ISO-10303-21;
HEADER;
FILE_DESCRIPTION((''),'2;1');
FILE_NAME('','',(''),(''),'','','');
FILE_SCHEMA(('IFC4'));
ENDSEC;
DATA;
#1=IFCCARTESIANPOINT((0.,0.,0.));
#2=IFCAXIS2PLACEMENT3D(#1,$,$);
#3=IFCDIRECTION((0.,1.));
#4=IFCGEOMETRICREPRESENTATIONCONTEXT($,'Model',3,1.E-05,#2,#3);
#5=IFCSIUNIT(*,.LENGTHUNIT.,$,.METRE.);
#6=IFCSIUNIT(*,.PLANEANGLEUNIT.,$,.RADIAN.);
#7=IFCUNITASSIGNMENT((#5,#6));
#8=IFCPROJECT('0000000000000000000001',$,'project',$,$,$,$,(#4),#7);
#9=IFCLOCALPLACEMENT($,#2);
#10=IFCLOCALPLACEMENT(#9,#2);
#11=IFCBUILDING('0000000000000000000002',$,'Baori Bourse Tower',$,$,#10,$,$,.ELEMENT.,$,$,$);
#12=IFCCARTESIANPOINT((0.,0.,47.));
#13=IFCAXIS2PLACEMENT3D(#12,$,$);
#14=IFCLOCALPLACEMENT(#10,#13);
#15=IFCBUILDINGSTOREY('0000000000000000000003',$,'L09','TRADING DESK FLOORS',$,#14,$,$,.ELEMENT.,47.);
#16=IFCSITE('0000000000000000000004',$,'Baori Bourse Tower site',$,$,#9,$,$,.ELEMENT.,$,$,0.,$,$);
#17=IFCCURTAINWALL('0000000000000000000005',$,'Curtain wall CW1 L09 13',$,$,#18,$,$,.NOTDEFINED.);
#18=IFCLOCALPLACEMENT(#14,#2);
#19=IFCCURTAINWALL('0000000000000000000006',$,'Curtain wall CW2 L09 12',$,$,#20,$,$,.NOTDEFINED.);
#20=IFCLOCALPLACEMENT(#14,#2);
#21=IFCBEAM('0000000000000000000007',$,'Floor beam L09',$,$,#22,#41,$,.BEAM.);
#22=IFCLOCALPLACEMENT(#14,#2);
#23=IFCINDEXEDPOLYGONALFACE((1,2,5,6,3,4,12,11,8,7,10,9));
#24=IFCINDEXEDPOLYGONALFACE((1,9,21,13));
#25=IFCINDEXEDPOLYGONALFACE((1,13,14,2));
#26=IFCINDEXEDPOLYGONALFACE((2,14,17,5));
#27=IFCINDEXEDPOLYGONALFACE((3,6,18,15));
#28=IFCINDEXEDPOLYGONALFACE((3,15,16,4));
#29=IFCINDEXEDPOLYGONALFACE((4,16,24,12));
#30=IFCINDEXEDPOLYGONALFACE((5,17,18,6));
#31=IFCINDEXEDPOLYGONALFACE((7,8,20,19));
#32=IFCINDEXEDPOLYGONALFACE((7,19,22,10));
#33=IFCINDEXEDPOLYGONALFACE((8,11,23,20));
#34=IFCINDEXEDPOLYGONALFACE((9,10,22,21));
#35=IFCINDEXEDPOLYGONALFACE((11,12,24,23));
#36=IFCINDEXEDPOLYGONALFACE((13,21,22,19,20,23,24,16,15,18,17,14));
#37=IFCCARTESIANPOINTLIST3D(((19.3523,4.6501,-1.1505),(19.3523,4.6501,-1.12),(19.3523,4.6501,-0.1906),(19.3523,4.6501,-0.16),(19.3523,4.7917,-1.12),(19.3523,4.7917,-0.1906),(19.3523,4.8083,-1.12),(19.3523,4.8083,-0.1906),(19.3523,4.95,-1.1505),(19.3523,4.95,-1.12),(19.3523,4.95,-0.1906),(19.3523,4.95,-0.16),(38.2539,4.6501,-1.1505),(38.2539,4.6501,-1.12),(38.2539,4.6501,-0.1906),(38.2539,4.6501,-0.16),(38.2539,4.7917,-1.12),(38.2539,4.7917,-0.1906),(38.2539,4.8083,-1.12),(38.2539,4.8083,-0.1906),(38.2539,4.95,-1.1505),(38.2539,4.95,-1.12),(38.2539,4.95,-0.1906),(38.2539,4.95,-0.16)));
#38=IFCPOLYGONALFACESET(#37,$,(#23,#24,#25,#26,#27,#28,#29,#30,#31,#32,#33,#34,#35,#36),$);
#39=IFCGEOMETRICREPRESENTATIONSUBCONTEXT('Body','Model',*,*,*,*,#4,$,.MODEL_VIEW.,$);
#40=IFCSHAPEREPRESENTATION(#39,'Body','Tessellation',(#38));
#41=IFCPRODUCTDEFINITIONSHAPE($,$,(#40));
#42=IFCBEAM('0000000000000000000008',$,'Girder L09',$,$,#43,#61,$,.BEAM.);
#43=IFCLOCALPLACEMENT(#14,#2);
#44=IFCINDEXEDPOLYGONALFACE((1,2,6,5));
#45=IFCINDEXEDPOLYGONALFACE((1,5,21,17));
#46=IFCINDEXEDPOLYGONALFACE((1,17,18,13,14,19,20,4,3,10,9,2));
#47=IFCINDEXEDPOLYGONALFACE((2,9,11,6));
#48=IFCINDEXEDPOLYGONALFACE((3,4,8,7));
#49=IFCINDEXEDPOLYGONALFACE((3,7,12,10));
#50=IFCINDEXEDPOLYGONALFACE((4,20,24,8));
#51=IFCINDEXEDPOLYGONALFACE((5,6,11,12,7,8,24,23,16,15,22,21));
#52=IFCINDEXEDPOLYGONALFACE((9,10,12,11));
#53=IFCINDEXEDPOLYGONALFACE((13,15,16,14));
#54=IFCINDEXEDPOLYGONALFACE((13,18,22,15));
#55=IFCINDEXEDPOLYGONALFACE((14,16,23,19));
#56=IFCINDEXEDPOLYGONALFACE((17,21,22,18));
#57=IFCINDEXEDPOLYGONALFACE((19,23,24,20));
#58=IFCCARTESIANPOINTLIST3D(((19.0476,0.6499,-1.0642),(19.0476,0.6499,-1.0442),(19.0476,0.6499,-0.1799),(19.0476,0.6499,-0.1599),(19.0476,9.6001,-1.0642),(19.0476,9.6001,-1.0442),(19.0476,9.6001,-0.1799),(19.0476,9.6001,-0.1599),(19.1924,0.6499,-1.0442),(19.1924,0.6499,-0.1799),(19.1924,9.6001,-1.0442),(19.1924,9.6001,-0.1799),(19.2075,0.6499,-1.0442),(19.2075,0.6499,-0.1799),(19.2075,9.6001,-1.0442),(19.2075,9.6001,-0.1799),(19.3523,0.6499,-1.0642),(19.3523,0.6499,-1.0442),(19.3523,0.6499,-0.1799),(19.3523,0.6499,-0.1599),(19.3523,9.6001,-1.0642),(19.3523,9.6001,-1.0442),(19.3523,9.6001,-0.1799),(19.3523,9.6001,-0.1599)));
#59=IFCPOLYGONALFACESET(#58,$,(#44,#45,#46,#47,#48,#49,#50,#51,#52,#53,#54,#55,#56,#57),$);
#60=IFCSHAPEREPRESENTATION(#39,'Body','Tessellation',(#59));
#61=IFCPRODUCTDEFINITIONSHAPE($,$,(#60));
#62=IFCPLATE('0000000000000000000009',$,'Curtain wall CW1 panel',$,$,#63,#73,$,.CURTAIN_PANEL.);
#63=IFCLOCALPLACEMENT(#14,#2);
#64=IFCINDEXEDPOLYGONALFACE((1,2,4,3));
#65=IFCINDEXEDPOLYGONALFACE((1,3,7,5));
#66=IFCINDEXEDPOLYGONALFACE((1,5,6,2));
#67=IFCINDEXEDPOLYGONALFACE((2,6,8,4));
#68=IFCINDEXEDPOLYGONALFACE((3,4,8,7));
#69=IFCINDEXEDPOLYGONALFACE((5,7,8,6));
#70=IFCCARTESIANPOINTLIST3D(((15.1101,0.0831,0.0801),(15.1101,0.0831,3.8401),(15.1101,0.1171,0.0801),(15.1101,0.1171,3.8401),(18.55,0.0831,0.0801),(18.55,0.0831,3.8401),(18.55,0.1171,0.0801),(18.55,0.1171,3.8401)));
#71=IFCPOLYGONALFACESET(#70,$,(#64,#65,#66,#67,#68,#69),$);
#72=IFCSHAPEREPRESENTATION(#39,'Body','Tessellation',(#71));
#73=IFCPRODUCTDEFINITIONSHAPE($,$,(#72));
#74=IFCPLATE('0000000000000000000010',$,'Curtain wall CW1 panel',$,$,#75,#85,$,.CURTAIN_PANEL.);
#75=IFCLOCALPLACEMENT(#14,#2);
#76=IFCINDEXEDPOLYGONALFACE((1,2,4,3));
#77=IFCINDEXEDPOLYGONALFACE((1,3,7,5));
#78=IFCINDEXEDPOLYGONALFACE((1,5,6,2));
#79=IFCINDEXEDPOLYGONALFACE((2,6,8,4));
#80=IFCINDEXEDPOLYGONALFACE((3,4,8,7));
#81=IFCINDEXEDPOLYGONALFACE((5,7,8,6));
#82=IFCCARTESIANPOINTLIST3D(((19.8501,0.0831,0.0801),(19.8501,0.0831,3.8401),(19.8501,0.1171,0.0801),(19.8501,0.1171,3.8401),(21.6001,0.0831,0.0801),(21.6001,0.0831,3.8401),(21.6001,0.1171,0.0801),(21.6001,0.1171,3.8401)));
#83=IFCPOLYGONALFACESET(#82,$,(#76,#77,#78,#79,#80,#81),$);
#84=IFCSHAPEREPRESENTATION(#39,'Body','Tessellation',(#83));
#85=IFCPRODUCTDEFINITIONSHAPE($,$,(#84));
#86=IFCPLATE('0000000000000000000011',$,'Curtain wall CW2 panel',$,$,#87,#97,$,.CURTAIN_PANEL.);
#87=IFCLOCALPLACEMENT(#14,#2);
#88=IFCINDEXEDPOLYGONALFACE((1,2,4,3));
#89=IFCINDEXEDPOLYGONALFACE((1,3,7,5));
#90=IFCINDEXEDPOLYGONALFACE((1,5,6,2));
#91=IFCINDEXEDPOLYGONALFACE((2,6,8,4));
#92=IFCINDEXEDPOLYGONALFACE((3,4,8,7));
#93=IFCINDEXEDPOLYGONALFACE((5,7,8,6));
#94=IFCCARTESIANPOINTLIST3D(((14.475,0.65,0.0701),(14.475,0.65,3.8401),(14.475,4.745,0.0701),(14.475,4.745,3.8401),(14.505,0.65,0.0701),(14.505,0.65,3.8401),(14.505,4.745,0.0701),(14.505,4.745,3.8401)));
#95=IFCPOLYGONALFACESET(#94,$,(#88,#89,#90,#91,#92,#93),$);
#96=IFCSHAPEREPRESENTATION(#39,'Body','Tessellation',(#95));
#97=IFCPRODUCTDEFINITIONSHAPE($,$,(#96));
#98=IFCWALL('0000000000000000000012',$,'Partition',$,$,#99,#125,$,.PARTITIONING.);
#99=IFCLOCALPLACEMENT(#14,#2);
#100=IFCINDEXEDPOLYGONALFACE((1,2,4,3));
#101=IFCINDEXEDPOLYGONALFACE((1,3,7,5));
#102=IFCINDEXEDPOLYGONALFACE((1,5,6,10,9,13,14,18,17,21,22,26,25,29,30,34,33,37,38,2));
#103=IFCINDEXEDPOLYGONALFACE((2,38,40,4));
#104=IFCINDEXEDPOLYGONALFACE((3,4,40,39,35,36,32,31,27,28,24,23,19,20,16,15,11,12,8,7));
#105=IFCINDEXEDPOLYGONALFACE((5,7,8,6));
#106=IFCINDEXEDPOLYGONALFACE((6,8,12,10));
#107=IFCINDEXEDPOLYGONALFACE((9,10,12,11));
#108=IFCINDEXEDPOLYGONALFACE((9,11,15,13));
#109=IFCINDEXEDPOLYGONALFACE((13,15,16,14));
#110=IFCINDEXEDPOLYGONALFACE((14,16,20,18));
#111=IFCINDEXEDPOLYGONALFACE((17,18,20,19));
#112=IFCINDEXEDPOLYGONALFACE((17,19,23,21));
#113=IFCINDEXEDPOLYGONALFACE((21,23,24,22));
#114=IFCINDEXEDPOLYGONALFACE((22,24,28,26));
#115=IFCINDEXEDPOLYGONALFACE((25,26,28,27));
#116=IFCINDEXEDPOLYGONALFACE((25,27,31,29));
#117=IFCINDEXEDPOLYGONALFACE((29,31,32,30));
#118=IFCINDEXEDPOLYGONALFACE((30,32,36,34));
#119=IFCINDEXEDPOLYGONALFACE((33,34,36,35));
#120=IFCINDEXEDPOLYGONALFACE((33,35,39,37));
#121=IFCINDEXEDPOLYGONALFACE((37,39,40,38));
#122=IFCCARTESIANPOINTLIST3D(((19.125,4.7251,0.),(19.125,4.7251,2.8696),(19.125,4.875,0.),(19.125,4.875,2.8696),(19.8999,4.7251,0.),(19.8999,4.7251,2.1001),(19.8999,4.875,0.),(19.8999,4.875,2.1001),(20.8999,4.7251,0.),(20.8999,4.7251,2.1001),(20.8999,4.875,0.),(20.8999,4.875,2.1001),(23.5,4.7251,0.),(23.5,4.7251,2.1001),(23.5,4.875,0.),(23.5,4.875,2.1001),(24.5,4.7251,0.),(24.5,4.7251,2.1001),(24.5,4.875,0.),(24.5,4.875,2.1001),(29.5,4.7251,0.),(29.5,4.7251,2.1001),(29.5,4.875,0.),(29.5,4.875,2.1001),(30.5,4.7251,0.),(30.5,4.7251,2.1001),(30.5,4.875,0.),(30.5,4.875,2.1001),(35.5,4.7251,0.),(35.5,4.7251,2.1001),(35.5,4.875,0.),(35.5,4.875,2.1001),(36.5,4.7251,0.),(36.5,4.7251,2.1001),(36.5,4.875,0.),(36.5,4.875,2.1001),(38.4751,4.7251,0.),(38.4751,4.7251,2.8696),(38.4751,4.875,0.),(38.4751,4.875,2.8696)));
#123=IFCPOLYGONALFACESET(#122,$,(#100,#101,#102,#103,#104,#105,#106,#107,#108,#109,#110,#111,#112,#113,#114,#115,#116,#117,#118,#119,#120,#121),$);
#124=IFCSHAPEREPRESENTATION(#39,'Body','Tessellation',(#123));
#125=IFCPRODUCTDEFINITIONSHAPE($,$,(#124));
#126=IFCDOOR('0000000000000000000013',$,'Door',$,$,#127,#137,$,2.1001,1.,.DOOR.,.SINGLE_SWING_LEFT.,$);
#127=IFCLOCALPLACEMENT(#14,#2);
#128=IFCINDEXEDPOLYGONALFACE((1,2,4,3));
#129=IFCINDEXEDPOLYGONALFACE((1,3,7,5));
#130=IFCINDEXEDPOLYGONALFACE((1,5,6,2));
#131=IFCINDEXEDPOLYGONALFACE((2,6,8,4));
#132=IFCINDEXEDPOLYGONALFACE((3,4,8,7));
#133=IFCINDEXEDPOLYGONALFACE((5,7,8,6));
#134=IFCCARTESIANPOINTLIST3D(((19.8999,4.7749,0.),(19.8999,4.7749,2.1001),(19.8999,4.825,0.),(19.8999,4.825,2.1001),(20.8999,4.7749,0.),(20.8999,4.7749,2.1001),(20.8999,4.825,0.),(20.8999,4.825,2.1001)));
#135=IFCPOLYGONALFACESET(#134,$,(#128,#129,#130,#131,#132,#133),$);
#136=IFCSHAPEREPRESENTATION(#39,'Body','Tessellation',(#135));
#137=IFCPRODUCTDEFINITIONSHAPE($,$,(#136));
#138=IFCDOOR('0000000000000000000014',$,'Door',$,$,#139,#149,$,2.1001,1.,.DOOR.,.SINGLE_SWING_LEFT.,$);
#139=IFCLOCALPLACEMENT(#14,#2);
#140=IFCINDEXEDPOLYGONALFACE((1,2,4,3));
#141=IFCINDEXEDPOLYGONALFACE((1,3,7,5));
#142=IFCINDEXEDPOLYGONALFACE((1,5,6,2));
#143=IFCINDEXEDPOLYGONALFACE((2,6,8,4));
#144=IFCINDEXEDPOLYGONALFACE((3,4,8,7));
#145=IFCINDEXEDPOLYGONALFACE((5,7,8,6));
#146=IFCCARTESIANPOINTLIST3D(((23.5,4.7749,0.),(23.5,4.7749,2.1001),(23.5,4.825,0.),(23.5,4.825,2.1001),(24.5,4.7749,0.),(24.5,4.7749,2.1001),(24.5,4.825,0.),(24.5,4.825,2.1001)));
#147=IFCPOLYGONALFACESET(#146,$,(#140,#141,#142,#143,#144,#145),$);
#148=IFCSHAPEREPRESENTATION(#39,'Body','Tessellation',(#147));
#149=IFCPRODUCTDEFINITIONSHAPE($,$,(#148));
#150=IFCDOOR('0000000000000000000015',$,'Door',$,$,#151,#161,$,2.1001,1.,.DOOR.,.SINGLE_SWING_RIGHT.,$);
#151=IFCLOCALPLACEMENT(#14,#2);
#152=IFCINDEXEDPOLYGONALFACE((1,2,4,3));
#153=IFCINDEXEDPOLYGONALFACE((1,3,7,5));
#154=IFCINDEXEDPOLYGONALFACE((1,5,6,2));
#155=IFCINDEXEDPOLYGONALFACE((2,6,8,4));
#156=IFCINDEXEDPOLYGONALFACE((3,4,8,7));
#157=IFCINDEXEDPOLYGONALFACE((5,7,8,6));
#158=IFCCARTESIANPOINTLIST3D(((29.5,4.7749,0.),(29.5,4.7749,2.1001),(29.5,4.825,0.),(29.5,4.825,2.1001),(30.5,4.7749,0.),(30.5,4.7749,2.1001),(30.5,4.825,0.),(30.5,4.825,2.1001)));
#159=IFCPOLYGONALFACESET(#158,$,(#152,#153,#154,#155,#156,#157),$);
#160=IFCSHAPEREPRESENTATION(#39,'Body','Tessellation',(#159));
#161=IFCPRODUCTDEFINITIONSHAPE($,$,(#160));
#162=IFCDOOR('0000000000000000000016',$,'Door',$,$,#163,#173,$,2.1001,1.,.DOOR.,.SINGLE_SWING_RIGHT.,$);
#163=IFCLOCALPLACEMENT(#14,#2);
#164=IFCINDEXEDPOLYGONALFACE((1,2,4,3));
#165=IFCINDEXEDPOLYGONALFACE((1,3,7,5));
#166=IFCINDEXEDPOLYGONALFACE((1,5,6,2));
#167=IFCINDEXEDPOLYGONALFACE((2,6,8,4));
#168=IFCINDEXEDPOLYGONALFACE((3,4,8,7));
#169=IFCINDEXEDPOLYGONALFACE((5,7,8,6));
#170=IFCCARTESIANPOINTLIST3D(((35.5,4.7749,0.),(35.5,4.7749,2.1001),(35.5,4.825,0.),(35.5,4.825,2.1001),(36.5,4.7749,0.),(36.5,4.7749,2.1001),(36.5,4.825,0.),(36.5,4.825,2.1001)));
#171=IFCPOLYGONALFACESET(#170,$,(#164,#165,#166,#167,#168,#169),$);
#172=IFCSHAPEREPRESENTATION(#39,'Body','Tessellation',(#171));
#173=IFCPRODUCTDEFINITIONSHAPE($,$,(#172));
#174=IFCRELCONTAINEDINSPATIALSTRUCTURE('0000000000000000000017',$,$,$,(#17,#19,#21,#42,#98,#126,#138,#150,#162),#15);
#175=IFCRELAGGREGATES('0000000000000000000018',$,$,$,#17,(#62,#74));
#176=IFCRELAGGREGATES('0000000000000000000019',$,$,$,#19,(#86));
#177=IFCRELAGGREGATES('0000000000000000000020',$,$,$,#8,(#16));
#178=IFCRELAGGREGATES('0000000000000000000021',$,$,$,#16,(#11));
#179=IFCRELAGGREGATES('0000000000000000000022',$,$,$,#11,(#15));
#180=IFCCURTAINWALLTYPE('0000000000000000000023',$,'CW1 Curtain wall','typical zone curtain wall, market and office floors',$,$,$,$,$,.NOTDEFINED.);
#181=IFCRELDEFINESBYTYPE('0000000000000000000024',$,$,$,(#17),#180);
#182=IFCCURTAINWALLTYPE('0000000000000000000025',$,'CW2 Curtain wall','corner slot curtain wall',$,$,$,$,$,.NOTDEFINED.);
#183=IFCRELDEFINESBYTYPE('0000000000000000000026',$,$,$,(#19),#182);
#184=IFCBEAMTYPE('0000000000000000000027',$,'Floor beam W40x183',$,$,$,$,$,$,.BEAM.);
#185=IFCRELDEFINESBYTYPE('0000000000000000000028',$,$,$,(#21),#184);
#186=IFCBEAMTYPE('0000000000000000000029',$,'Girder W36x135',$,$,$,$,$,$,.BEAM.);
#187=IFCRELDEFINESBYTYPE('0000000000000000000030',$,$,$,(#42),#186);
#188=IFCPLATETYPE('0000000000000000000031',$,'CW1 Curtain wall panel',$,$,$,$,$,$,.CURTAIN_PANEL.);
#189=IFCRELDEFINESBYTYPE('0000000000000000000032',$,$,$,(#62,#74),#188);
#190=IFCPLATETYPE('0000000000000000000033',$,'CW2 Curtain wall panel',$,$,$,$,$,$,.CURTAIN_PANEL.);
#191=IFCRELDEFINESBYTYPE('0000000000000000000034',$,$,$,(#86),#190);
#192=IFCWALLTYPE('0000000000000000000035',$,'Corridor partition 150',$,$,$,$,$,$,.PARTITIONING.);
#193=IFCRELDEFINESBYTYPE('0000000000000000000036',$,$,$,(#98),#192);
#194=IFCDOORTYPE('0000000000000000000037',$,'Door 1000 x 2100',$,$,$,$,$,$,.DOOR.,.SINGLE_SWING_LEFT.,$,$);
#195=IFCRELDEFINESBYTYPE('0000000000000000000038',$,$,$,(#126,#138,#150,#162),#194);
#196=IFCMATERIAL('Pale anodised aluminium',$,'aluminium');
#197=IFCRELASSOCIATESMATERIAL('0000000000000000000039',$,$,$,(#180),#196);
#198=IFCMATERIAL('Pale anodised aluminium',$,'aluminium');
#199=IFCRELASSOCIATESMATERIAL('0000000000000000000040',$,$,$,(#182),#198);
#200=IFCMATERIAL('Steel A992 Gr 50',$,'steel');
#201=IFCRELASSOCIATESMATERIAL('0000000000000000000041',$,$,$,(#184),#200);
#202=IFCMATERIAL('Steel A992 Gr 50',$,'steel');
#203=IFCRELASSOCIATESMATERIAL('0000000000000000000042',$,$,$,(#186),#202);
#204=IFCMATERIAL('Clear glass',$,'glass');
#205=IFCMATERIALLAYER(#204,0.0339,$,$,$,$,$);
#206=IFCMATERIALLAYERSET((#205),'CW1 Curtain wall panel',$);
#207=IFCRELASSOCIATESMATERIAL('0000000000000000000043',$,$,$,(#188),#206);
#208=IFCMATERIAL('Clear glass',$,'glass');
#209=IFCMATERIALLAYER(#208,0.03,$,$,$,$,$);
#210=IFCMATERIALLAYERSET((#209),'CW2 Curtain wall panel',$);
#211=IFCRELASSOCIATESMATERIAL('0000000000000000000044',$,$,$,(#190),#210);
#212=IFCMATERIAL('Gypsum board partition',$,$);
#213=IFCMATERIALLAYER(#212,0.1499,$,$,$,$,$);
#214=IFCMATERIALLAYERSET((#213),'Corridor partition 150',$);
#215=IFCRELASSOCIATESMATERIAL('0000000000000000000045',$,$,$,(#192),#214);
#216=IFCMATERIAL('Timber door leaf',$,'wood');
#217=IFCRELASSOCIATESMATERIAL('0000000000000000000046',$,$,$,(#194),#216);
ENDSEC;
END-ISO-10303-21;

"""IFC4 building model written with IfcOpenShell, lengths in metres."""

from ifc_helpers import new_model, si_unit, direction, frame, frame_2d, origin, origin_2d, place, context, subcontext, project, spatial, rectangle, i_section, extrude, material, layer, layer_set, material_profile, profile_set, type_object, element, fill, aggregate, save


model = new_model("IFC4")

# Units and contexts
model_context = context("Model", 3, precision=1e-05, world=origin(), true_north=direction((0.0, 1.0)))
body_context = subcontext(model_context, "Body", "Model", "MODEL_VIEW")
ifc_project = project(units=[si_unit("LENGTHUNIT", "METRE"), si_unit("PLANEANGLEUNIT", "RADIAN")], contexts=[model_context])

# Site, building, storey
site_placement = place(None, origin())
site = spatial("IfcSite", under=ifc_project, at=site_placement, Name="Baori Bourse Tower site", CompositionType="ELEMENT", RefElevation=0.0)
building_placement = place(site_placement, origin())
building = spatial("IfcBuilding", under=site, at=building_placement, Name="Baori Bourse Tower", CompositionType="ELEMENT")
storey_placement = place(building_placement, frame((0.0, 0.0, 47.0)))
storey = spatial("IfcBuildingStorey", under=building, at=storey_placement, Name="L09", Description="TRADING DESK FLOORS", CompositionType="ELEMENT", Elevation=47.0)

# Curtain walls
ifc_material_1 = material(Name="Pale anodised aluminium", Category="aluminium")
curtain_wall_type_1 = type_object("IfcCurtainWallType", Name="CW1 Curtain wall", Description="typical zone curtain wall, market and office floors", PredefinedType="NOTDEFINED", material=ifc_material_1)
curtain_wall_1_placement = place(storey_placement, origin())
curtain_wall_1 = element("IfcCurtainWall", 1, at=curtain_wall_1_placement, inside=storey, type_object=curtain_wall_type_1, Name="Curtain wall CW1 L09 13", PredefinedType="NOTDEFINED")
ifc_material_2 = material(Name="Pale anodised aluminium", Category="aluminium")
curtain_wall_type_2 = type_object("IfcCurtainWallType", Name="CW2 Curtain wall", Description="corner slot curtain wall", PredefinedType="NOTDEFINED", material=ifc_material_2)
curtain_wall_2_placement = place(storey_placement, origin())
curtain_wall_2 = element("IfcCurtainWall", 2, at=curtain_wall_2_placement, inside=storey, type_object=curtain_wall_type_2, Name="Curtain wall CW2 L09 12", PredefinedType="NOTDEFINED")

# Beams
ifc_material_3 = material(Name="Steel A992 Gr 50", Category="steel")
ifc_material_profile_1 = material_profile(ifc_material_3, i_section(OverallWidth=0.2998, OverallDepth=0.9905, WebThickness=0.0166, FlangeThickness=0.0305, at=origin_2d()), Name="W40x183")
ifc_profile_set_1 = profile_set([ifc_material_profile_1], Name="Steel A992 Gr 50")
beam_type_1 = type_object("IfcBeamType", Name="Floor beam W40x183", PredefinedType="BEAM", material=ifc_profile_set_1)
beam_1_placement = place(storey_placement, frame((19.3523, 4.8, -0.6553), z_axis=(1.0, 0.0, 0.0), x_axis=(0.0, 1.0, 0.0)))
element("IfcBeam", 3, at=beam_1_placement, inside=storey, type_object=beam_type_1, Name="Floor beam L09", PredefinedType="BEAM", context=body_context, shape_type="SweptSolid", body=[
    extrude(i_section(OverallWidth=0.2998, OverallDepth=0.9905, WebThickness=0.0166, FlangeThickness=0.0305, at=origin_2d()), origin(), (0.0, 0.0, 1.0), 18.9016),
])
ifc_material_4 = material(Name="Steel A992 Gr 50", Category="steel")
ifc_material_profile_2 = material_profile(ifc_material_4, i_section(OverallWidth=0.3047, OverallDepth=0.9043, WebThickness=0.0151, FlangeThickness=0.02, at=origin_2d()), Name="W36x135")
ifc_profile_set_2 = profile_set([ifc_material_profile_2], Name="Steel A992 Gr 50")
beam_type_2 = type_object("IfcBeamType", Name="Girder W36x135", PredefinedType="BEAM", material=ifc_profile_set_2)
beam_2_placement = place(storey_placement, frame((19.2, 0.6499, -0.6121), z_axis=(0.0, 1.0, 0.0), x_axis=(-1.0, 0.0, 0.0)))
element("IfcBeam", 4, at=beam_2_placement, inside=storey, type_object=beam_type_2, Name="Girder L09", PredefinedType="BEAM", context=body_context, shape_type="SweptSolid", body=[
    extrude(i_section(OverallWidth=0.3047, OverallDepth=0.9043, WebThickness=0.0151, FlangeThickness=0.02, at=origin_2d()), origin(), (0.0, 0.0, 1.0), 8.9502),
])

# Plates
ifc_material_5 = material(Name="Clear glass", Category="glass")
ifc_layer_1 = layer(ifc_material_5, 0.0339)
ifc_layer_set_1 = layer_set([ifc_layer_1], Name="CW1 Curtain wall panel")
plate_type_1 = type_object("IfcPlateType", Name="CW1 Curtain wall panel", PredefinedType="CURTAIN_PANEL", material=ifc_layer_set_1)
plate_1_placement = place(storey_placement, frame((16.8301, 0.1001, 0.0801), z_axis=(0.0, 0.0, 1.0), x_axis=(1.0, 0.0, 0.0)))
plate_1 = element("IfcPlate", 5, at=plate_1_placement, type_object=plate_type_1, Name="Curtain wall CW1 panel", PredefinedType="CURTAIN_PANEL", context=body_context, shape_type="SweptSolid", body=[
    extrude(rectangle(XDim=3.4399, YDim=0.0339, at=origin_2d()), origin(), (0.0, 0.0, 1.0), 3.76),
])
plate_2_placement = place(storey_placement, frame((20.7251, 0.1001, 0.0801), z_axis=(0.0, 0.0, 1.0), x_axis=(1.0, 0.0, 0.0)))
plate_2 = element("IfcPlate", 6, at=plate_2_placement, type_object=plate_type_1, Name="Curtain wall CW1 panel", PredefinedType="CURTAIN_PANEL", context=body_context, shape_type="SweptSolid", body=[
    extrude(rectangle(XDim=1.75, YDim=0.0339, at=origin_2d()), origin(), (0.0, 0.0, 1.0), 3.76),
])
aggregate(curtain_wall_1, [plate_1, plate_2])
ifc_material_6 = material(Name="Clear glass", Category="glass")
ifc_layer_2 = layer(ifc_material_6, 0.03)
ifc_layer_set_2 = layer_set([ifc_layer_2], Name="CW2 Curtain wall panel")
plate_type_2 = type_object("IfcPlateType", Name="CW2 Curtain wall panel", PredefinedType="CURTAIN_PANEL", material=ifc_layer_set_2)
plate_3_placement = place(storey_placement, frame((14.49, 2.6975, 0.0701), z_axis=(0.0, 0.0, 1.0), x_axis=(0.0, -1.0, 0.0)))
plate_3 = element("IfcPlate", 7, at=plate_3_placement, type_object=plate_type_2, Name="Curtain wall CW2 panel", PredefinedType="CURTAIN_PANEL", context=body_context, shape_type="SweptSolid", body=[
    extrude(rectangle(XDim=4.095, YDim=0.03, at=origin_2d()), origin(), (0.0, 0.0, 1.0), 3.77),
])
aggregate(curtain_wall_2, [plate_3])

# Wall, openings, doors
ifc_material_7 = material(Name="Gypsum board partition")
ifc_layer_3 = layer(ifc_material_7, 0.1499)
ifc_layer_set_3 = layer_set([ifc_layer_3], Name="Corridor partition 150")
wall_type_1 = type_object("IfcWallType", Name="Corridor partition 150", PredefinedType="PARTITIONING", material=ifc_layer_set_3)
wall_1_placement = place(storey_placement, frame((19.125, 4.8, 0.0), z_axis=(0.0, 0.0, 1.0), x_axis=(1.0, 0.0, 0.0)))
wall_1 = element("IfcWall", 8, at=wall_1_placement, inside=storey, type_object=wall_type_1, Name="Partition", PredefinedType="PARTITIONING", context=body_context, shape_type="SweptSolid", body=[
    extrude(rectangle(XDim=19.3501, YDim=0.1499, at=frame_2d((9.675, 0.0))), origin(), (0.0, 0.0, 1.0), 2.8696),
])
opening_1_placement = place(wall_1_placement, frame((0.7749, 0.0, 0.0)))
opening_1 = element("IfcOpeningElement", 9, at=opening_1_placement, cuts=wall_1, PredefinedType="OPENING", context=body_context, shape_type="SweptSolid", body=[
    extrude(rectangle(XDim=1.0, YDim=2.1001, at=frame_2d((0.5, 1.05))), frame((0.0, 0.085, 0.0), z_axis=(0.0, -1.0, 0.0), x_axis=(1.0, 0.0, 0.0)), (0.0, 0.0, 1.0), 0.1699),
])
opening_2_placement = place(wall_1_placement, frame((4.375, 0.0, 0.0)))
opening_2 = element("IfcOpeningElement", 10, at=opening_2_placement, cuts=wall_1, PredefinedType="OPENING", context=body_context, shape_type="SweptSolid", body=[
    extrude(rectangle(XDim=1.0, YDim=2.1001, at=frame_2d((0.5, 1.05))), frame((0.0, 0.085, 0.0), z_axis=(0.0, -1.0, 0.0), x_axis=(1.0, 0.0, 0.0)), (0.0, 0.0, 1.0), 0.1699),
])
opening_3_placement = place(wall_1_placement, frame((10.375, 0.0, 0.0)))
opening_3 = element("IfcOpeningElement", 11, at=opening_3_placement, cuts=wall_1, PredefinedType="OPENING", context=body_context, shape_type="SweptSolid", body=[
    extrude(rectangle(XDim=1.0, YDim=2.1001, at=frame_2d((0.5, 1.05))), frame((0.0, 0.085, 0.0), z_axis=(0.0, -1.0, 0.0), x_axis=(1.0, 0.0, 0.0)), (0.0, 0.0, 1.0), 0.1699),
])
opening_4_placement = place(wall_1_placement, frame((16.375, 0.0, 0.0)))
opening_4 = element("IfcOpeningElement", 12, at=opening_4_placement, cuts=wall_1, PredefinedType="OPENING", context=body_context, shape_type="SweptSolid", body=[
    extrude(rectangle(XDim=1.0, YDim=2.1001, at=frame_2d((0.5, 1.05))), frame((0.0, 0.085, 0.0), z_axis=(0.0, -1.0, 0.0), x_axis=(1.0, 0.0, 0.0)), (0.0, 0.0, 1.0), 0.1699),
])
ifc_material_8 = material(Name="Timber door leaf", Category="wood")
door_type = type_object("IfcDoorType", Name="Door 1000 x 2100", OperationType="SINGLE_SWING_LEFT", PredefinedType="DOOR", material=ifc_material_8)
door_1_placement = place(opening_1_placement, origin())
door_1 = element("IfcDoor", 13, at=door_1_placement, inside=storey, type_object=door_type, Name="Door", OperationType="SINGLE_SWING_LEFT", OverallHeight=2.1001, OverallWidth=1.0, PredefinedType="DOOR", context=body_context, shape_type="SweptSolid", body=[
    extrude(rectangle(XDim=1.0, YDim=2.1001, at=frame_2d((0.5, 1.05))), frame((0.0, 0.0249, 0.0), z_axis=(0.0, -1.0, 0.0), x_axis=(1.0, 0.0, 0.0)), (0.0, 0.0, 1.0), 0.05),
])
fill(opening_1, door_1)
door_2_placement = place(opening_2_placement, origin())
door_2 = element("IfcDoor", 14, at=door_2_placement, inside=storey, type_object=door_type, Name="Door", OperationType="SINGLE_SWING_LEFT", OverallHeight=2.1001, OverallWidth=1.0, PredefinedType="DOOR", context=body_context, shape_type="SweptSolid", body=[
    extrude(rectangle(XDim=1.0, YDim=2.1001, at=frame_2d((0.5, 1.05))), frame((0.0, 0.0249, 0.0), z_axis=(0.0, -1.0, 0.0), x_axis=(1.0, 0.0, 0.0)), (0.0, 0.0, 1.0), 0.05),
])
fill(opening_2, door_2)
door_3_placement = place(opening_3_placement, origin())
door_3 = element("IfcDoor", 15, at=door_3_placement, inside=storey, type_object=door_type, Name="Door", OperationType="SINGLE_SWING_RIGHT", OverallHeight=2.1001, OverallWidth=1.0, PredefinedType="DOOR", context=body_context, shape_type="SweptSolid", body=[
    extrude(rectangle(XDim=1.0, YDim=2.1001, at=frame_2d((0.5, 1.05))), frame((0.0, 0.0249, 0.0), z_axis=(0.0, -1.0, 0.0), x_axis=(1.0, 0.0, 0.0)), (0.0, 0.0, 1.0), 0.05),
])
fill(opening_3, door_3)
door_4_placement = place(opening_4_placement, origin())
door_4 = element("IfcDoor", 16, at=door_4_placement, inside=storey, type_object=door_type, Name="Door", OperationType="SINGLE_SWING_RIGHT", OverallHeight=2.1001, OverallWidth=1.0, PredefinedType="DOOR", context=body_context, shape_type="SweptSolid", body=[
    extrude(rectangle(XDim=1.0, YDim=2.1001, at=frame_2d((0.5, 1.05))), frame((0.0, 0.0249, 0.0), z_axis=(0.0, -1.0, 0.0), x_axis=(1.0, 0.0, 0.0)), (0.0, 0.0, 1.0), 0.05),
])
fill(opening_4, door_4)

save(model, "model.ifc")
